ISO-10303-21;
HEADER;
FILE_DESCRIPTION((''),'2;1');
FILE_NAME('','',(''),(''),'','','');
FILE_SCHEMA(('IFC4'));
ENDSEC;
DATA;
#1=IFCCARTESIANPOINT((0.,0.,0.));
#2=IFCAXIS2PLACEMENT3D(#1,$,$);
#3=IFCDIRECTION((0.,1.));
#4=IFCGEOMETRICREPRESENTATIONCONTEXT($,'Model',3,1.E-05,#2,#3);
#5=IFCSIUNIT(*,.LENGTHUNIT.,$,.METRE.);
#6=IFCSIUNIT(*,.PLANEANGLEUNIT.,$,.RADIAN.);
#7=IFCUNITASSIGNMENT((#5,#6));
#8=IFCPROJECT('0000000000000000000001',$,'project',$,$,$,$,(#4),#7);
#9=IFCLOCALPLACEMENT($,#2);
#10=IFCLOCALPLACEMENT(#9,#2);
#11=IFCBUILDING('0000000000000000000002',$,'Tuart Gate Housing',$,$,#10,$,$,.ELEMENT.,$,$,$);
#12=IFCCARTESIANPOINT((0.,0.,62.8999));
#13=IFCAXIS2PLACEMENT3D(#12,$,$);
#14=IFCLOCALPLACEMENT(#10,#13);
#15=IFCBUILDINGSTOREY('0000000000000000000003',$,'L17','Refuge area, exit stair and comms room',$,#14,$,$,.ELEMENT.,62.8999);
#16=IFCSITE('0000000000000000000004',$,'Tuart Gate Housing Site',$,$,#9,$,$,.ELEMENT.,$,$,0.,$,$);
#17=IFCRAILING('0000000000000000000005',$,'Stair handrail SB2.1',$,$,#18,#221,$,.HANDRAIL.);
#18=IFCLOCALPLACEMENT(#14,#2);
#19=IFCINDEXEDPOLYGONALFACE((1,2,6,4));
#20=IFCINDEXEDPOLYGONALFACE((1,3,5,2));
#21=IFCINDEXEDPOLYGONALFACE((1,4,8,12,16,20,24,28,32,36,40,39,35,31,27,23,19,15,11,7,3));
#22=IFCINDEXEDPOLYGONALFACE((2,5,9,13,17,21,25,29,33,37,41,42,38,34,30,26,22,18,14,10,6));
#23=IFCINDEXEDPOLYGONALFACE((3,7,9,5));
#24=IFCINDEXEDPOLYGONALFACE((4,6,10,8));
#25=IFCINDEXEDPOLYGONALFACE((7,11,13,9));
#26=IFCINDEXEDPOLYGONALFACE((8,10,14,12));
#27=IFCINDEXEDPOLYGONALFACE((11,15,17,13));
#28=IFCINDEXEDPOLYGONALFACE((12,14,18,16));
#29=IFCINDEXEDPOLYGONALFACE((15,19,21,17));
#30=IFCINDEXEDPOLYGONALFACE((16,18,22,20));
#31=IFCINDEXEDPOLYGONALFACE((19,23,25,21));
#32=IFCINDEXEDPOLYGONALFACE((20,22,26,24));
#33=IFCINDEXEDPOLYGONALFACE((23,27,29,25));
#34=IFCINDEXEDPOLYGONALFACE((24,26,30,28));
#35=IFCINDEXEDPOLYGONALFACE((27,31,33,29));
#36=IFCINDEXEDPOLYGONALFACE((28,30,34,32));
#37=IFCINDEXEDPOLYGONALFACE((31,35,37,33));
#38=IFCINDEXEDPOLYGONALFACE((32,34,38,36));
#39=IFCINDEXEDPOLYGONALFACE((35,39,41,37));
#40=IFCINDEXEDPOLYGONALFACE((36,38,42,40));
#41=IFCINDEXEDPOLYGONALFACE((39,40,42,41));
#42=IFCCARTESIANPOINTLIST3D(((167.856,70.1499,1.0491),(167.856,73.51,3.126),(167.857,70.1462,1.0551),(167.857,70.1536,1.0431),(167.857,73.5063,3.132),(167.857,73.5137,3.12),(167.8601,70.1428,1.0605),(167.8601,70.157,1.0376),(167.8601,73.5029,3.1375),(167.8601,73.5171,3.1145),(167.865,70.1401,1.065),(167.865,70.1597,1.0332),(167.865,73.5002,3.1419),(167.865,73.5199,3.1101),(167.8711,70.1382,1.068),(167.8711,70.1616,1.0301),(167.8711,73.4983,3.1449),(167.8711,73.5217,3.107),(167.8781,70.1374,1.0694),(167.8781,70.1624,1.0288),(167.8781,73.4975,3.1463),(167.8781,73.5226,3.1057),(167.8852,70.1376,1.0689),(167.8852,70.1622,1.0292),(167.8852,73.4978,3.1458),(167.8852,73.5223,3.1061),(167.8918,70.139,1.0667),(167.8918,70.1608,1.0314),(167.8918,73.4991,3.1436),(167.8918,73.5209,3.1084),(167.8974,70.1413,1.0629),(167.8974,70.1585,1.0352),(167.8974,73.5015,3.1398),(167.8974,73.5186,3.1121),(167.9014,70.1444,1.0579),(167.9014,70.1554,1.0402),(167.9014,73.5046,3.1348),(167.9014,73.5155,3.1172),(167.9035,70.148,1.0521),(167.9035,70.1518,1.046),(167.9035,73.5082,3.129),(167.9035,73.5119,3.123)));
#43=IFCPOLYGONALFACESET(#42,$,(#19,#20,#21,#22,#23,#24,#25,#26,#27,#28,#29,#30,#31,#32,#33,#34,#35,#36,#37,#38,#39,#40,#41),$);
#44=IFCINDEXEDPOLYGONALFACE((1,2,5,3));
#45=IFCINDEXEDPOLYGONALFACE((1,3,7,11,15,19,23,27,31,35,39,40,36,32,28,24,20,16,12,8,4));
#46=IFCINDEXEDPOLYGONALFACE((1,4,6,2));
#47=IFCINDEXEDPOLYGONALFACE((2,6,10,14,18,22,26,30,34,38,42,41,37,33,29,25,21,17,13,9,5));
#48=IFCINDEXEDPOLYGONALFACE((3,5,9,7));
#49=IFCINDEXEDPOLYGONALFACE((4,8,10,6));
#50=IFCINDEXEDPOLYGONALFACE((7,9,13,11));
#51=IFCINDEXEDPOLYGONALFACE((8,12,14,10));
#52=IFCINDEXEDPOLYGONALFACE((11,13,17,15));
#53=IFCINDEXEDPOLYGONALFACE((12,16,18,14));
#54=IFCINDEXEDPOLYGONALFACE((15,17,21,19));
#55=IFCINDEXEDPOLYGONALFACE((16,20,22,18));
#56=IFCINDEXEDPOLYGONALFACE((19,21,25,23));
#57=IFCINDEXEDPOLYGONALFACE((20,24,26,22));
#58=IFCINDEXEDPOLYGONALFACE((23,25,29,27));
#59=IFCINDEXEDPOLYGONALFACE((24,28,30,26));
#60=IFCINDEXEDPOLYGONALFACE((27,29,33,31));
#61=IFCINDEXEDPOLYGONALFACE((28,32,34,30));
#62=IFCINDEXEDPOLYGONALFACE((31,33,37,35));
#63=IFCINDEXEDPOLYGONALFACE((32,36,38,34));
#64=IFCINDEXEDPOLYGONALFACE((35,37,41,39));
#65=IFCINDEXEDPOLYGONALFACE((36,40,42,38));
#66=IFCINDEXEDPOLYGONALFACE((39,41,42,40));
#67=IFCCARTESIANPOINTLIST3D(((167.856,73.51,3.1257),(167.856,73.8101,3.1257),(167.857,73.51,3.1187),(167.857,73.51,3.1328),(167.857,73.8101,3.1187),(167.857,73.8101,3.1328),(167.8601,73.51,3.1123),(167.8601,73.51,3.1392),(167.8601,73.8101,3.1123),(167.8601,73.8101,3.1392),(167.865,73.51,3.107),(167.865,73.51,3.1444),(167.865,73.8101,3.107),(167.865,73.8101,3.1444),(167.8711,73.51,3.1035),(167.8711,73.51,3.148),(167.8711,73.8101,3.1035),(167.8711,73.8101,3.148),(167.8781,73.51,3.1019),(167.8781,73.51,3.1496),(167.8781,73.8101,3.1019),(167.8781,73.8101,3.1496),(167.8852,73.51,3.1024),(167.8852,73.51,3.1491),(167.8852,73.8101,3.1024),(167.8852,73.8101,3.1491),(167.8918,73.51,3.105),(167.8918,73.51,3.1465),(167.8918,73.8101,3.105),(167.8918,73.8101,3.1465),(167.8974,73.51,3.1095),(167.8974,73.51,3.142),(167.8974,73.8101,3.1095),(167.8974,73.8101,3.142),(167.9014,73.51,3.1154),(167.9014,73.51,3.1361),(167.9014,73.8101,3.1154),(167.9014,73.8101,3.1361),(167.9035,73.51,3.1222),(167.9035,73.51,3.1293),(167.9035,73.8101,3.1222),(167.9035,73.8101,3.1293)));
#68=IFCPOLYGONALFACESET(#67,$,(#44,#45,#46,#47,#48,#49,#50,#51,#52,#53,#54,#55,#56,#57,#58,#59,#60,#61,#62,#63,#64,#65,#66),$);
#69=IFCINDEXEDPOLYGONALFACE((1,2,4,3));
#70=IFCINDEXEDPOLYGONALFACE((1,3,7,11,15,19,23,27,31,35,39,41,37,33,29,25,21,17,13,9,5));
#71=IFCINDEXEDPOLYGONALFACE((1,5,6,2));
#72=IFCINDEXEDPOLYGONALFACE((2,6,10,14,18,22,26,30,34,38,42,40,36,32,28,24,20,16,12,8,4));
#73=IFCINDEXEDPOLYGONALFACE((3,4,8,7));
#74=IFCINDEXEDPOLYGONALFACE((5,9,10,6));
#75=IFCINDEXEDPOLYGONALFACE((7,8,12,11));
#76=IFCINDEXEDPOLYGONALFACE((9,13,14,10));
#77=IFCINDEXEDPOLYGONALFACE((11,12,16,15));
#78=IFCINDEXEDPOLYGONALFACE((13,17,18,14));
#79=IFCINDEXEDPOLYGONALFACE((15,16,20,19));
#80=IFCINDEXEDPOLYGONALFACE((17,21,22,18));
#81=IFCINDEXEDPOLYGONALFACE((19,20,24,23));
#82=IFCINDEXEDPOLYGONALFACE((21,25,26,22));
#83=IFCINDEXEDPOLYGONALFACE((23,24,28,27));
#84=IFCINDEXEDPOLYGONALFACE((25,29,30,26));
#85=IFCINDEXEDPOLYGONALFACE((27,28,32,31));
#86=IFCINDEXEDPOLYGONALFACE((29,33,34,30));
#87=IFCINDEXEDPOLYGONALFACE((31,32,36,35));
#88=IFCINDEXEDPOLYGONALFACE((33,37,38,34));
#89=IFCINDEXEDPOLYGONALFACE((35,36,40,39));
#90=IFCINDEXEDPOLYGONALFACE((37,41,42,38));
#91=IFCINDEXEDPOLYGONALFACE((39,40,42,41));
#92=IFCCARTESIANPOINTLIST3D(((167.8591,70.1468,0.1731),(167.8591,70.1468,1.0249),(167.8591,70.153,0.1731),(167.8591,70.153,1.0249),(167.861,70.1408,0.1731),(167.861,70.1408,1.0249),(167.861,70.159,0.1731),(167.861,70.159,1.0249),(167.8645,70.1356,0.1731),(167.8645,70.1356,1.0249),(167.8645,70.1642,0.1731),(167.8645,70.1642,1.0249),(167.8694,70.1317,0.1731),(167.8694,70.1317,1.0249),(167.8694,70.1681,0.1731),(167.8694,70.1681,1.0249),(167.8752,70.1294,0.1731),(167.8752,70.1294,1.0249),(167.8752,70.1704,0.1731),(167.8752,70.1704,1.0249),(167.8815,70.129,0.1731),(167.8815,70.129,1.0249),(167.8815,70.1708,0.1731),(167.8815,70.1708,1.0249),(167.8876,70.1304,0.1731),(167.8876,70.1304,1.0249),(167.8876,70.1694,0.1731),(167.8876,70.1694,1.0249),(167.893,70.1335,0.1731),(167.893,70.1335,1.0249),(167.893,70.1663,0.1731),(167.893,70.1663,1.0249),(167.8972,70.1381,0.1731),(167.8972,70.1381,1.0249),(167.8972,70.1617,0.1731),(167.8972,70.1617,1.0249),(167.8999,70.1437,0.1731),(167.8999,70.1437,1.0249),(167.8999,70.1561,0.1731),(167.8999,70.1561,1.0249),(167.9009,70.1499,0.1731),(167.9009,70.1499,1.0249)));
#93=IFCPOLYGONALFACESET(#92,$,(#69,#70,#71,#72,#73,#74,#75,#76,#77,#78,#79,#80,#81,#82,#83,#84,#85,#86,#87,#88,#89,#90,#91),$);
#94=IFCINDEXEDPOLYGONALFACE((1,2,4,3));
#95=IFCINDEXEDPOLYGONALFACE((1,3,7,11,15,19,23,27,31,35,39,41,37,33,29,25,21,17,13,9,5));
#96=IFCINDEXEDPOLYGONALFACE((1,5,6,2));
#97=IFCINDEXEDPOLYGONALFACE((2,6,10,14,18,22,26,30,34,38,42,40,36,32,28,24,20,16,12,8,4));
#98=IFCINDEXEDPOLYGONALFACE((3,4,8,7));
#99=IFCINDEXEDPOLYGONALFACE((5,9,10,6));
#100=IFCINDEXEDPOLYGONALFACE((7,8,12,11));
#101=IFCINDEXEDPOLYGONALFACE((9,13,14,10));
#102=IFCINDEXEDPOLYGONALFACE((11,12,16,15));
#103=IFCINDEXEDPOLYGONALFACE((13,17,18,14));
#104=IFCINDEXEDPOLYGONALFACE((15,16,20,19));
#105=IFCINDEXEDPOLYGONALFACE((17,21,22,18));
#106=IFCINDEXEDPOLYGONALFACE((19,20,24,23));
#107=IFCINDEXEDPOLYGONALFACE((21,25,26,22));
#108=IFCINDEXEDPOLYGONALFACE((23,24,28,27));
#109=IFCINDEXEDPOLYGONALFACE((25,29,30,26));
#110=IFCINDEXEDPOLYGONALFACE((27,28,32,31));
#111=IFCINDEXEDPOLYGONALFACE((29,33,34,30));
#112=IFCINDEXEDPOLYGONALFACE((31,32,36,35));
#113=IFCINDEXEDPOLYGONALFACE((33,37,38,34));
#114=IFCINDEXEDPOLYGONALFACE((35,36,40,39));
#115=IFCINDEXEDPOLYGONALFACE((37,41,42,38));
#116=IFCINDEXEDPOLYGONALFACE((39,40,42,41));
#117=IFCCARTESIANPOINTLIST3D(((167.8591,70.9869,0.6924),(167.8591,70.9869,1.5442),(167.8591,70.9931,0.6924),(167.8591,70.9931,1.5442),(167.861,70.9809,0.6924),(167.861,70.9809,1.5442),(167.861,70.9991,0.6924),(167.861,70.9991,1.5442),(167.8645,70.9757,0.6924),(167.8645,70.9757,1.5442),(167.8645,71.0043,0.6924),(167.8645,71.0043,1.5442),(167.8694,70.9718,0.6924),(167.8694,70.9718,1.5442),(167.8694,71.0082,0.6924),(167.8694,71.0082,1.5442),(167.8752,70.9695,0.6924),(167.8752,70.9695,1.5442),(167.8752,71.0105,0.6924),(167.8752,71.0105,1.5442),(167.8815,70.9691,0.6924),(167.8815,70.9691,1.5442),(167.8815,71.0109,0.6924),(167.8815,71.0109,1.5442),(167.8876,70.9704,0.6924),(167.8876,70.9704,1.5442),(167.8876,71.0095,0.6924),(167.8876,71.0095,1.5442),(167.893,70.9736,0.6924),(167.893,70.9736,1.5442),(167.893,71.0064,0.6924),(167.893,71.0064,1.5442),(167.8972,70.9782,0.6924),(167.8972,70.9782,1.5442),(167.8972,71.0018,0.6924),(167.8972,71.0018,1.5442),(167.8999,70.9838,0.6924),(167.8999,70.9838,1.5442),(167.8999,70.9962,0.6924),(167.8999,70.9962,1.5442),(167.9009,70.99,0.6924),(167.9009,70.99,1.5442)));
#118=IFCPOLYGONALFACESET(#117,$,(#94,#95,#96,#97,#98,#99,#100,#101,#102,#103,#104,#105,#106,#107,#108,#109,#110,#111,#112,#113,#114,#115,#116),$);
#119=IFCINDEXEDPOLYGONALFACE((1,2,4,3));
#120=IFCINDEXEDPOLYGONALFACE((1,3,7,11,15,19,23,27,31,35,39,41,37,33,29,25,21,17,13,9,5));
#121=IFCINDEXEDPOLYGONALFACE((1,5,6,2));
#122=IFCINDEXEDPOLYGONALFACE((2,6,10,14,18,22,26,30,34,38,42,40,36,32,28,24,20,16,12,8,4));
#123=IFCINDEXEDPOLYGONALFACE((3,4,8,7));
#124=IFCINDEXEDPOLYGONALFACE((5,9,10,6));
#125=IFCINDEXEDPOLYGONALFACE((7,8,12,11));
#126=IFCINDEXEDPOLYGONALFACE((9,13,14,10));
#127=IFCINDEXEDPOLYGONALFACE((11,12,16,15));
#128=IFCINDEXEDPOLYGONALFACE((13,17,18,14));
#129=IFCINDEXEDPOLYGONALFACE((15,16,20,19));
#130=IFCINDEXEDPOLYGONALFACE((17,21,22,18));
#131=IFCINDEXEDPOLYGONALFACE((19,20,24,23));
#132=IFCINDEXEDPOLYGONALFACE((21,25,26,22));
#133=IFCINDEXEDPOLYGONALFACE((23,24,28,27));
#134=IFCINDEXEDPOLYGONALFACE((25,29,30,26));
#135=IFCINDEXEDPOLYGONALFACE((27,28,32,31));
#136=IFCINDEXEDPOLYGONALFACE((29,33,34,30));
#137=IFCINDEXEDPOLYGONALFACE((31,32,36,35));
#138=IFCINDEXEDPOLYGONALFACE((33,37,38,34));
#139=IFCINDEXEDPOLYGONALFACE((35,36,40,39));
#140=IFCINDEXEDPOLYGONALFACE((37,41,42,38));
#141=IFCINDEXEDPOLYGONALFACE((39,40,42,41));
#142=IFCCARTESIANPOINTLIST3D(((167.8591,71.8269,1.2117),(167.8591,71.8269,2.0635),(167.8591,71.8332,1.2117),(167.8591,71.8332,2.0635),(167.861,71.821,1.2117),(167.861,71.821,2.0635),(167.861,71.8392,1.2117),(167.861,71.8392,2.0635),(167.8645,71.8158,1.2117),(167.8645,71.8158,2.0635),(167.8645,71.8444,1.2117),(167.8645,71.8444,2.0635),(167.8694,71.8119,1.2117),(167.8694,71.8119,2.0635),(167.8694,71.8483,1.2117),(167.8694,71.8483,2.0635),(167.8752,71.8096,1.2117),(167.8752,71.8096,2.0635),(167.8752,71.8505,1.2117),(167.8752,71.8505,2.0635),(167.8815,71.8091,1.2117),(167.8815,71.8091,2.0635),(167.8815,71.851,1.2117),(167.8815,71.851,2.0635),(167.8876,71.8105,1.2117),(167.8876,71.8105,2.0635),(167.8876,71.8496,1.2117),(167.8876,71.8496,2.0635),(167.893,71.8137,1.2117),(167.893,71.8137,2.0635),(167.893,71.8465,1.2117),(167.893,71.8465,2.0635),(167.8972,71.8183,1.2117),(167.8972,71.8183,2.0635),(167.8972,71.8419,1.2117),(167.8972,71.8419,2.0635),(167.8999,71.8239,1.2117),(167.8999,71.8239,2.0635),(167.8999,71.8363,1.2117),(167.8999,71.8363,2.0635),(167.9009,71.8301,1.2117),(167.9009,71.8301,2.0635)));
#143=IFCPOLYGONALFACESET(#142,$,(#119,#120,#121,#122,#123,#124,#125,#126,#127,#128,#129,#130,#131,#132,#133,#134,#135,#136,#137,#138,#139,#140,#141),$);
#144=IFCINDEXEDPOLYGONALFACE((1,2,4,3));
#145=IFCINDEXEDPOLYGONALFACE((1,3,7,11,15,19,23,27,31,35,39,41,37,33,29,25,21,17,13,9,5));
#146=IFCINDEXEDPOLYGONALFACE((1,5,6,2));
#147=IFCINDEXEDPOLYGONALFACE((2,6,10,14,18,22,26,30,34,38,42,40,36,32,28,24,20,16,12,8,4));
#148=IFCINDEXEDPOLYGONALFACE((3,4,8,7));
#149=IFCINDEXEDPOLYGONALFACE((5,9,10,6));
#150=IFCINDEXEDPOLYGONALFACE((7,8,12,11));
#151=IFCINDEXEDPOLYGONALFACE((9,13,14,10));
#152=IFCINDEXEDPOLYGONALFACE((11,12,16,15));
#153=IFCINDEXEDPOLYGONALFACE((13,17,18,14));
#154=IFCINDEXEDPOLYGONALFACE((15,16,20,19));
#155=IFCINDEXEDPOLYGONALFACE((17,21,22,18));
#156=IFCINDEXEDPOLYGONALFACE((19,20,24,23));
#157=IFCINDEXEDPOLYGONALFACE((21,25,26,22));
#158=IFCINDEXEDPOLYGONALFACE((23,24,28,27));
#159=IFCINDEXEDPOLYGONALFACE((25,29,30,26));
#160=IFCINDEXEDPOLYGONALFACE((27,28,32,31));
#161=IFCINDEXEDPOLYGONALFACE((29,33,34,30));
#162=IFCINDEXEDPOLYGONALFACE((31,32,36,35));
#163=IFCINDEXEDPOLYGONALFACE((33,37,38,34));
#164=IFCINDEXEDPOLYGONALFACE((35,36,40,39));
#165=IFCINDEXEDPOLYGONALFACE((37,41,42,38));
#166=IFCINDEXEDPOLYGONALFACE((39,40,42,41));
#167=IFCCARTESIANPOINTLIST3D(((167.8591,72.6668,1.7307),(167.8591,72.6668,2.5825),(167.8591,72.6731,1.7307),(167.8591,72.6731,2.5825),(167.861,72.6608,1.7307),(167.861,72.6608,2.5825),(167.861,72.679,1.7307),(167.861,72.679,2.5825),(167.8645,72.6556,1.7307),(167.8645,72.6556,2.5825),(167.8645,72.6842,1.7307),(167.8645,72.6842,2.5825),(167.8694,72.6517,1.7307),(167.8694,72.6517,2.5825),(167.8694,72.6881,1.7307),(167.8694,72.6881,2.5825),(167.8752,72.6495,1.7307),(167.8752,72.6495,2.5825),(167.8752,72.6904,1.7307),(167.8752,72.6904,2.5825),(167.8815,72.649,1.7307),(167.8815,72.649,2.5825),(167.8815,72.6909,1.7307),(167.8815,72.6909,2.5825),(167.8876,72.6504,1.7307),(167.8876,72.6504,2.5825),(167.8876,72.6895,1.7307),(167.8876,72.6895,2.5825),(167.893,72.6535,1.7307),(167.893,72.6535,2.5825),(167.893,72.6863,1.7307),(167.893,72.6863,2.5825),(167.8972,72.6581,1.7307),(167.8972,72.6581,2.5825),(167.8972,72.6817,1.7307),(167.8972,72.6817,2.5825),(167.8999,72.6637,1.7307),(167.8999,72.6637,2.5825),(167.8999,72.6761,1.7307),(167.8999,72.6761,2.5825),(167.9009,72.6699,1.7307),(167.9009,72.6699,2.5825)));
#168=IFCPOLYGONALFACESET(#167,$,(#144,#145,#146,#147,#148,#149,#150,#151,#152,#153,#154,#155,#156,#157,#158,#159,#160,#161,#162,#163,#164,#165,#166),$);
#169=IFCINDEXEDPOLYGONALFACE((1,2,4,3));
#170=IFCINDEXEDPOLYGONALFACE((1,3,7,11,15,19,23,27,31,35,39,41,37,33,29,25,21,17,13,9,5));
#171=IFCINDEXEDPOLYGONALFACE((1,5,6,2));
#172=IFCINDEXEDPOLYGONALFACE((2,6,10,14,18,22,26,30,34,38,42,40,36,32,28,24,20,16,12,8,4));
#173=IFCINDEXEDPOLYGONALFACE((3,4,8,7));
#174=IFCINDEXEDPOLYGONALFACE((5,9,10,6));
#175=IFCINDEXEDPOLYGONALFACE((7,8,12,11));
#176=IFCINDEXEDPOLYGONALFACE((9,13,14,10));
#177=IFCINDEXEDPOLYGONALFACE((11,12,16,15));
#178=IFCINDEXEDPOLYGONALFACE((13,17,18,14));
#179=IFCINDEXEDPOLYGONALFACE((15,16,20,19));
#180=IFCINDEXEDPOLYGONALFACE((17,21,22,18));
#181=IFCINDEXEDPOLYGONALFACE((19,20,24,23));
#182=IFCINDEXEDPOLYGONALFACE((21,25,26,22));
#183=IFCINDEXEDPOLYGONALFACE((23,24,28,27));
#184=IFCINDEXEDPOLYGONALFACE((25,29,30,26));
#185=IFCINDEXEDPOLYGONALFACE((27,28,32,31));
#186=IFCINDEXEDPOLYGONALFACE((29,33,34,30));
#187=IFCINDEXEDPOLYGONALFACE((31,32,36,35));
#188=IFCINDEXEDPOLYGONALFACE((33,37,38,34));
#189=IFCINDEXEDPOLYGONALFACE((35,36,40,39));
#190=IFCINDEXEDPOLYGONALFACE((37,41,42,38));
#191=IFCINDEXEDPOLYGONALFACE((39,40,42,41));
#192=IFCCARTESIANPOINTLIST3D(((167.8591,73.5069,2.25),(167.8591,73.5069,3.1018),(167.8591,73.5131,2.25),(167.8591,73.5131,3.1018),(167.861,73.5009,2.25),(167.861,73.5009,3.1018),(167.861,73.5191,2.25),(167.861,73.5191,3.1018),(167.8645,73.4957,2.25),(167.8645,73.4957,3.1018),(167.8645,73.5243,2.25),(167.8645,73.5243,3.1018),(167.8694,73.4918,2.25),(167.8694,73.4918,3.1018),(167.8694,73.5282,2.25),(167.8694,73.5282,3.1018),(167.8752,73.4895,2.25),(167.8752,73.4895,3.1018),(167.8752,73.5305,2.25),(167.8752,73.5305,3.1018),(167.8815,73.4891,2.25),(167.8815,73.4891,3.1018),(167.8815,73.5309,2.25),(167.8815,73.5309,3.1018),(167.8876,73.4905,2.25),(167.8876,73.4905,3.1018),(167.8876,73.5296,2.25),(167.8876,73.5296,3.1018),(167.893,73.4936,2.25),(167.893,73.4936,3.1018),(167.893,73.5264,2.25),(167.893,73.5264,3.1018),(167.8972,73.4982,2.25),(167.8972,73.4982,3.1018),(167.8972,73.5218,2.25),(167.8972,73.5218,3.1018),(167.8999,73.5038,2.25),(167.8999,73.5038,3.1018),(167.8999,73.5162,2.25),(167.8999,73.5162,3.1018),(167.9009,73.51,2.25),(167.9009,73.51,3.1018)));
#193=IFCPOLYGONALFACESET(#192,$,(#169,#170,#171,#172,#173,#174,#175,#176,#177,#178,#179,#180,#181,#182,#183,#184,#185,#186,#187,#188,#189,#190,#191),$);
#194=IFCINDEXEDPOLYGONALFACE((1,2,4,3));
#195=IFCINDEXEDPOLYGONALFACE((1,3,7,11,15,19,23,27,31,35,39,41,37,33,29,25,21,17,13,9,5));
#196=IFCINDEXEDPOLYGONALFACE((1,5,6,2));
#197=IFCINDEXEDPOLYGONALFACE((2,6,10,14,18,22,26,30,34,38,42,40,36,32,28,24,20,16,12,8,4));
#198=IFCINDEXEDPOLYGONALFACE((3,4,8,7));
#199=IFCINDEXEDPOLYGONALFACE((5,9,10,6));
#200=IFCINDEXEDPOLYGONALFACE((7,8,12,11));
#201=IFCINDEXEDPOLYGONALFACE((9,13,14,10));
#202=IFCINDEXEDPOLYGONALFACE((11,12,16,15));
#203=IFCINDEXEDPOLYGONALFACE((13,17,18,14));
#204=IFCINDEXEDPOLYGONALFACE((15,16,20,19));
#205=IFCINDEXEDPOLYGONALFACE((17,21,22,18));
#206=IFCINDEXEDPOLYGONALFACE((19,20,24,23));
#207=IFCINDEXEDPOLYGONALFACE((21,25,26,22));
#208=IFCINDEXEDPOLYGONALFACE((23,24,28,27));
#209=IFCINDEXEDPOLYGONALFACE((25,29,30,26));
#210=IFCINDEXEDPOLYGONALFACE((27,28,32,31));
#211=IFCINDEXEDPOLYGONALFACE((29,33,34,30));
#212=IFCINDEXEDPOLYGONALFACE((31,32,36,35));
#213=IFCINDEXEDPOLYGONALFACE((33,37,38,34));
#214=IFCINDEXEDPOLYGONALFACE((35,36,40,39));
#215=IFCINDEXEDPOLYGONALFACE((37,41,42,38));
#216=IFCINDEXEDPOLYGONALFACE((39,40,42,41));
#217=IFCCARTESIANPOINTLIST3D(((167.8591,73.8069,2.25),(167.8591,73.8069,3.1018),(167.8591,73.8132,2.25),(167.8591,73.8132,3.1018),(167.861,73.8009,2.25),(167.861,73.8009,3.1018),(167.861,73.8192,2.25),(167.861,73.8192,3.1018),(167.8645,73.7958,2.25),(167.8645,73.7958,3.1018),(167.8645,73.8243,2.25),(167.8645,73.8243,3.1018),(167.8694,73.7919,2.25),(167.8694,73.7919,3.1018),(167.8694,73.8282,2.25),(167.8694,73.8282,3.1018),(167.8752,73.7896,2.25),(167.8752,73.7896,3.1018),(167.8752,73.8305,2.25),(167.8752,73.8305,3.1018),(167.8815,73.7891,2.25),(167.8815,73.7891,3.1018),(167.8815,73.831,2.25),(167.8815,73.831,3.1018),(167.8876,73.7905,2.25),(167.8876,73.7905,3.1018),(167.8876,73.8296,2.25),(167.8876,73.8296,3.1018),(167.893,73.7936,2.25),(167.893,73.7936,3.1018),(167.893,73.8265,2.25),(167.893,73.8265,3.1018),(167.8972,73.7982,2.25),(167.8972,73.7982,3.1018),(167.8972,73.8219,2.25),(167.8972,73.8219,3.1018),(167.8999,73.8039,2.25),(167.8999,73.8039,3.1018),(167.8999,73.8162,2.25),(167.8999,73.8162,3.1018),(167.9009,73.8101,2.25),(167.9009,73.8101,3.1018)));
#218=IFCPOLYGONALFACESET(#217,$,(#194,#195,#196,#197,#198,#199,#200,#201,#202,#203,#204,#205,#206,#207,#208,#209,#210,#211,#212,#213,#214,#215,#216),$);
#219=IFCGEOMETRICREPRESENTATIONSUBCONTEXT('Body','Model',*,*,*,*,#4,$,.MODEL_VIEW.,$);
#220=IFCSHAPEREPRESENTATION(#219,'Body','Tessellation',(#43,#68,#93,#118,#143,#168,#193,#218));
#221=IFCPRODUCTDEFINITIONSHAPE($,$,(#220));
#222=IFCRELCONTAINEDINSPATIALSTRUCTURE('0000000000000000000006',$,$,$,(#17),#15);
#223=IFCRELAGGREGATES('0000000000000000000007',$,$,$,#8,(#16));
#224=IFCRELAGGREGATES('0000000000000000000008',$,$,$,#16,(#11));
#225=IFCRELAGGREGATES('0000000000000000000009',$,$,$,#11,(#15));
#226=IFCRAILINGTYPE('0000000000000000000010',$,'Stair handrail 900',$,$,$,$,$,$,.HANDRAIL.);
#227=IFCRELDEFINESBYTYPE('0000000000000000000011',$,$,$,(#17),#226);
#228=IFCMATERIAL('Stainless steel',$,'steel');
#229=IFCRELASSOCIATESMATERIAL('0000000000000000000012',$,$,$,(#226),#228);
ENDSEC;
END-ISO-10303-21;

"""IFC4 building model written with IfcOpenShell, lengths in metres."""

from ifc_helpers import new_model, si_unit, direction, frame, origin, origin_2d, place, context, subcontext, project, spatial, circle, extrude, material, type_object, element, save


model = new_model("IFC4")

# Units and contexts
model_context = context("Model", 3, precision=1e-05, world=origin(), true_north=direction((0.0, 1.0)))
body_context = subcontext(model_context, "Body", "Model", "MODEL_VIEW")
ifc_project = project(units=[si_unit("LENGTHUNIT", "METRE"), si_unit("PLANEANGLEUNIT", "RADIAN")], contexts=[model_context])

# Site, building, storey
site_placement = place(None, origin())
site = spatial("IfcSite", under=ifc_project, at=site_placement, Name="Tuart Gate Housing Site", CompositionType="ELEMENT", RefElevation=0.0)
building_placement = place(site_placement, origin())
building = spatial("IfcBuilding", under=site, at=building_placement, Name="Tuart Gate Housing", CompositionType="ELEMENT")
storey_placement = place(building_placement, frame((0.0, 0.0, 62.8999)))
storey = spatial("IfcBuildingStorey", under=building, at=storey_placement, Name="L17", Description="Refuge area, exit stair and comms room", CompositionType="ELEMENT", Elevation=62.8999)

# Railing
ifc_material_1 = material(Name="Stainless steel", Category="steel")
railing_type = type_object("IfcRailingType", Name="Stair handrail 900", PredefinedType="HANDRAIL", material=ifc_material_1)
railing_placement = place(storey_placement, frame((167.8799, 70.1499, 0.1731)))
element("IfcRailing", 1, at=railing_placement, inside=storey, type_object=railing_type, Name="Stair handrail SB2.1", PredefinedType="HANDRAIL", context=body_context, shape_type="SweptSolid", body=[
    extrude(circle(Radius=0.0239, at=origin_2d()), frame((0.0, 0.0, 0.876), z_axis=(0.0, 0.850623, 0.525776), x_axis=(-1.0, 0.0, 0.0)), (0.0, 0.0, 1.0), 3.9502),
    extrude(circle(Radius=0.0239, at=origin_2d()), frame((0.0, 3.3601, 2.9526), z_axis=(0.0, 1.0, 0.0), x_axis=(-1.0, 0.0, 0.0)), (0.0, 0.0, 1.0), 0.3),
    extrude(circle(Radius=0.021, at=origin_2d()), origin(), (0.0, 0.0, 1.0), 0.8518),
    extrude(circle(Radius=0.021, at=origin_2d()), frame((0.0, 0.8401, 0.5193)), (0.0, 0.0, 1.0), 0.8518),
    extrude(circle(Radius=0.021, at=origin_2d()), frame((0.0, 1.6802, 1.0386)), (0.0, 0.0, 1.0), 0.8518),
    extrude(circle(Radius=0.021, at=origin_2d()), frame((0.0, 2.52, 1.5576)), (0.0, 0.0, 1.0), 0.8518),
    extrude(circle(Radius=0.021, at=origin_2d()), frame((0.0, 3.3601, 2.0769)), (0.0, 0.0, 1.0), 0.8518),
    extrude(circle(Radius=0.021, at=origin_2d()), frame((0.0, 3.6602, 2.0769)), (0.0, 0.0, 1.0), 0.8518),
])

save(model, "model.ifc")
